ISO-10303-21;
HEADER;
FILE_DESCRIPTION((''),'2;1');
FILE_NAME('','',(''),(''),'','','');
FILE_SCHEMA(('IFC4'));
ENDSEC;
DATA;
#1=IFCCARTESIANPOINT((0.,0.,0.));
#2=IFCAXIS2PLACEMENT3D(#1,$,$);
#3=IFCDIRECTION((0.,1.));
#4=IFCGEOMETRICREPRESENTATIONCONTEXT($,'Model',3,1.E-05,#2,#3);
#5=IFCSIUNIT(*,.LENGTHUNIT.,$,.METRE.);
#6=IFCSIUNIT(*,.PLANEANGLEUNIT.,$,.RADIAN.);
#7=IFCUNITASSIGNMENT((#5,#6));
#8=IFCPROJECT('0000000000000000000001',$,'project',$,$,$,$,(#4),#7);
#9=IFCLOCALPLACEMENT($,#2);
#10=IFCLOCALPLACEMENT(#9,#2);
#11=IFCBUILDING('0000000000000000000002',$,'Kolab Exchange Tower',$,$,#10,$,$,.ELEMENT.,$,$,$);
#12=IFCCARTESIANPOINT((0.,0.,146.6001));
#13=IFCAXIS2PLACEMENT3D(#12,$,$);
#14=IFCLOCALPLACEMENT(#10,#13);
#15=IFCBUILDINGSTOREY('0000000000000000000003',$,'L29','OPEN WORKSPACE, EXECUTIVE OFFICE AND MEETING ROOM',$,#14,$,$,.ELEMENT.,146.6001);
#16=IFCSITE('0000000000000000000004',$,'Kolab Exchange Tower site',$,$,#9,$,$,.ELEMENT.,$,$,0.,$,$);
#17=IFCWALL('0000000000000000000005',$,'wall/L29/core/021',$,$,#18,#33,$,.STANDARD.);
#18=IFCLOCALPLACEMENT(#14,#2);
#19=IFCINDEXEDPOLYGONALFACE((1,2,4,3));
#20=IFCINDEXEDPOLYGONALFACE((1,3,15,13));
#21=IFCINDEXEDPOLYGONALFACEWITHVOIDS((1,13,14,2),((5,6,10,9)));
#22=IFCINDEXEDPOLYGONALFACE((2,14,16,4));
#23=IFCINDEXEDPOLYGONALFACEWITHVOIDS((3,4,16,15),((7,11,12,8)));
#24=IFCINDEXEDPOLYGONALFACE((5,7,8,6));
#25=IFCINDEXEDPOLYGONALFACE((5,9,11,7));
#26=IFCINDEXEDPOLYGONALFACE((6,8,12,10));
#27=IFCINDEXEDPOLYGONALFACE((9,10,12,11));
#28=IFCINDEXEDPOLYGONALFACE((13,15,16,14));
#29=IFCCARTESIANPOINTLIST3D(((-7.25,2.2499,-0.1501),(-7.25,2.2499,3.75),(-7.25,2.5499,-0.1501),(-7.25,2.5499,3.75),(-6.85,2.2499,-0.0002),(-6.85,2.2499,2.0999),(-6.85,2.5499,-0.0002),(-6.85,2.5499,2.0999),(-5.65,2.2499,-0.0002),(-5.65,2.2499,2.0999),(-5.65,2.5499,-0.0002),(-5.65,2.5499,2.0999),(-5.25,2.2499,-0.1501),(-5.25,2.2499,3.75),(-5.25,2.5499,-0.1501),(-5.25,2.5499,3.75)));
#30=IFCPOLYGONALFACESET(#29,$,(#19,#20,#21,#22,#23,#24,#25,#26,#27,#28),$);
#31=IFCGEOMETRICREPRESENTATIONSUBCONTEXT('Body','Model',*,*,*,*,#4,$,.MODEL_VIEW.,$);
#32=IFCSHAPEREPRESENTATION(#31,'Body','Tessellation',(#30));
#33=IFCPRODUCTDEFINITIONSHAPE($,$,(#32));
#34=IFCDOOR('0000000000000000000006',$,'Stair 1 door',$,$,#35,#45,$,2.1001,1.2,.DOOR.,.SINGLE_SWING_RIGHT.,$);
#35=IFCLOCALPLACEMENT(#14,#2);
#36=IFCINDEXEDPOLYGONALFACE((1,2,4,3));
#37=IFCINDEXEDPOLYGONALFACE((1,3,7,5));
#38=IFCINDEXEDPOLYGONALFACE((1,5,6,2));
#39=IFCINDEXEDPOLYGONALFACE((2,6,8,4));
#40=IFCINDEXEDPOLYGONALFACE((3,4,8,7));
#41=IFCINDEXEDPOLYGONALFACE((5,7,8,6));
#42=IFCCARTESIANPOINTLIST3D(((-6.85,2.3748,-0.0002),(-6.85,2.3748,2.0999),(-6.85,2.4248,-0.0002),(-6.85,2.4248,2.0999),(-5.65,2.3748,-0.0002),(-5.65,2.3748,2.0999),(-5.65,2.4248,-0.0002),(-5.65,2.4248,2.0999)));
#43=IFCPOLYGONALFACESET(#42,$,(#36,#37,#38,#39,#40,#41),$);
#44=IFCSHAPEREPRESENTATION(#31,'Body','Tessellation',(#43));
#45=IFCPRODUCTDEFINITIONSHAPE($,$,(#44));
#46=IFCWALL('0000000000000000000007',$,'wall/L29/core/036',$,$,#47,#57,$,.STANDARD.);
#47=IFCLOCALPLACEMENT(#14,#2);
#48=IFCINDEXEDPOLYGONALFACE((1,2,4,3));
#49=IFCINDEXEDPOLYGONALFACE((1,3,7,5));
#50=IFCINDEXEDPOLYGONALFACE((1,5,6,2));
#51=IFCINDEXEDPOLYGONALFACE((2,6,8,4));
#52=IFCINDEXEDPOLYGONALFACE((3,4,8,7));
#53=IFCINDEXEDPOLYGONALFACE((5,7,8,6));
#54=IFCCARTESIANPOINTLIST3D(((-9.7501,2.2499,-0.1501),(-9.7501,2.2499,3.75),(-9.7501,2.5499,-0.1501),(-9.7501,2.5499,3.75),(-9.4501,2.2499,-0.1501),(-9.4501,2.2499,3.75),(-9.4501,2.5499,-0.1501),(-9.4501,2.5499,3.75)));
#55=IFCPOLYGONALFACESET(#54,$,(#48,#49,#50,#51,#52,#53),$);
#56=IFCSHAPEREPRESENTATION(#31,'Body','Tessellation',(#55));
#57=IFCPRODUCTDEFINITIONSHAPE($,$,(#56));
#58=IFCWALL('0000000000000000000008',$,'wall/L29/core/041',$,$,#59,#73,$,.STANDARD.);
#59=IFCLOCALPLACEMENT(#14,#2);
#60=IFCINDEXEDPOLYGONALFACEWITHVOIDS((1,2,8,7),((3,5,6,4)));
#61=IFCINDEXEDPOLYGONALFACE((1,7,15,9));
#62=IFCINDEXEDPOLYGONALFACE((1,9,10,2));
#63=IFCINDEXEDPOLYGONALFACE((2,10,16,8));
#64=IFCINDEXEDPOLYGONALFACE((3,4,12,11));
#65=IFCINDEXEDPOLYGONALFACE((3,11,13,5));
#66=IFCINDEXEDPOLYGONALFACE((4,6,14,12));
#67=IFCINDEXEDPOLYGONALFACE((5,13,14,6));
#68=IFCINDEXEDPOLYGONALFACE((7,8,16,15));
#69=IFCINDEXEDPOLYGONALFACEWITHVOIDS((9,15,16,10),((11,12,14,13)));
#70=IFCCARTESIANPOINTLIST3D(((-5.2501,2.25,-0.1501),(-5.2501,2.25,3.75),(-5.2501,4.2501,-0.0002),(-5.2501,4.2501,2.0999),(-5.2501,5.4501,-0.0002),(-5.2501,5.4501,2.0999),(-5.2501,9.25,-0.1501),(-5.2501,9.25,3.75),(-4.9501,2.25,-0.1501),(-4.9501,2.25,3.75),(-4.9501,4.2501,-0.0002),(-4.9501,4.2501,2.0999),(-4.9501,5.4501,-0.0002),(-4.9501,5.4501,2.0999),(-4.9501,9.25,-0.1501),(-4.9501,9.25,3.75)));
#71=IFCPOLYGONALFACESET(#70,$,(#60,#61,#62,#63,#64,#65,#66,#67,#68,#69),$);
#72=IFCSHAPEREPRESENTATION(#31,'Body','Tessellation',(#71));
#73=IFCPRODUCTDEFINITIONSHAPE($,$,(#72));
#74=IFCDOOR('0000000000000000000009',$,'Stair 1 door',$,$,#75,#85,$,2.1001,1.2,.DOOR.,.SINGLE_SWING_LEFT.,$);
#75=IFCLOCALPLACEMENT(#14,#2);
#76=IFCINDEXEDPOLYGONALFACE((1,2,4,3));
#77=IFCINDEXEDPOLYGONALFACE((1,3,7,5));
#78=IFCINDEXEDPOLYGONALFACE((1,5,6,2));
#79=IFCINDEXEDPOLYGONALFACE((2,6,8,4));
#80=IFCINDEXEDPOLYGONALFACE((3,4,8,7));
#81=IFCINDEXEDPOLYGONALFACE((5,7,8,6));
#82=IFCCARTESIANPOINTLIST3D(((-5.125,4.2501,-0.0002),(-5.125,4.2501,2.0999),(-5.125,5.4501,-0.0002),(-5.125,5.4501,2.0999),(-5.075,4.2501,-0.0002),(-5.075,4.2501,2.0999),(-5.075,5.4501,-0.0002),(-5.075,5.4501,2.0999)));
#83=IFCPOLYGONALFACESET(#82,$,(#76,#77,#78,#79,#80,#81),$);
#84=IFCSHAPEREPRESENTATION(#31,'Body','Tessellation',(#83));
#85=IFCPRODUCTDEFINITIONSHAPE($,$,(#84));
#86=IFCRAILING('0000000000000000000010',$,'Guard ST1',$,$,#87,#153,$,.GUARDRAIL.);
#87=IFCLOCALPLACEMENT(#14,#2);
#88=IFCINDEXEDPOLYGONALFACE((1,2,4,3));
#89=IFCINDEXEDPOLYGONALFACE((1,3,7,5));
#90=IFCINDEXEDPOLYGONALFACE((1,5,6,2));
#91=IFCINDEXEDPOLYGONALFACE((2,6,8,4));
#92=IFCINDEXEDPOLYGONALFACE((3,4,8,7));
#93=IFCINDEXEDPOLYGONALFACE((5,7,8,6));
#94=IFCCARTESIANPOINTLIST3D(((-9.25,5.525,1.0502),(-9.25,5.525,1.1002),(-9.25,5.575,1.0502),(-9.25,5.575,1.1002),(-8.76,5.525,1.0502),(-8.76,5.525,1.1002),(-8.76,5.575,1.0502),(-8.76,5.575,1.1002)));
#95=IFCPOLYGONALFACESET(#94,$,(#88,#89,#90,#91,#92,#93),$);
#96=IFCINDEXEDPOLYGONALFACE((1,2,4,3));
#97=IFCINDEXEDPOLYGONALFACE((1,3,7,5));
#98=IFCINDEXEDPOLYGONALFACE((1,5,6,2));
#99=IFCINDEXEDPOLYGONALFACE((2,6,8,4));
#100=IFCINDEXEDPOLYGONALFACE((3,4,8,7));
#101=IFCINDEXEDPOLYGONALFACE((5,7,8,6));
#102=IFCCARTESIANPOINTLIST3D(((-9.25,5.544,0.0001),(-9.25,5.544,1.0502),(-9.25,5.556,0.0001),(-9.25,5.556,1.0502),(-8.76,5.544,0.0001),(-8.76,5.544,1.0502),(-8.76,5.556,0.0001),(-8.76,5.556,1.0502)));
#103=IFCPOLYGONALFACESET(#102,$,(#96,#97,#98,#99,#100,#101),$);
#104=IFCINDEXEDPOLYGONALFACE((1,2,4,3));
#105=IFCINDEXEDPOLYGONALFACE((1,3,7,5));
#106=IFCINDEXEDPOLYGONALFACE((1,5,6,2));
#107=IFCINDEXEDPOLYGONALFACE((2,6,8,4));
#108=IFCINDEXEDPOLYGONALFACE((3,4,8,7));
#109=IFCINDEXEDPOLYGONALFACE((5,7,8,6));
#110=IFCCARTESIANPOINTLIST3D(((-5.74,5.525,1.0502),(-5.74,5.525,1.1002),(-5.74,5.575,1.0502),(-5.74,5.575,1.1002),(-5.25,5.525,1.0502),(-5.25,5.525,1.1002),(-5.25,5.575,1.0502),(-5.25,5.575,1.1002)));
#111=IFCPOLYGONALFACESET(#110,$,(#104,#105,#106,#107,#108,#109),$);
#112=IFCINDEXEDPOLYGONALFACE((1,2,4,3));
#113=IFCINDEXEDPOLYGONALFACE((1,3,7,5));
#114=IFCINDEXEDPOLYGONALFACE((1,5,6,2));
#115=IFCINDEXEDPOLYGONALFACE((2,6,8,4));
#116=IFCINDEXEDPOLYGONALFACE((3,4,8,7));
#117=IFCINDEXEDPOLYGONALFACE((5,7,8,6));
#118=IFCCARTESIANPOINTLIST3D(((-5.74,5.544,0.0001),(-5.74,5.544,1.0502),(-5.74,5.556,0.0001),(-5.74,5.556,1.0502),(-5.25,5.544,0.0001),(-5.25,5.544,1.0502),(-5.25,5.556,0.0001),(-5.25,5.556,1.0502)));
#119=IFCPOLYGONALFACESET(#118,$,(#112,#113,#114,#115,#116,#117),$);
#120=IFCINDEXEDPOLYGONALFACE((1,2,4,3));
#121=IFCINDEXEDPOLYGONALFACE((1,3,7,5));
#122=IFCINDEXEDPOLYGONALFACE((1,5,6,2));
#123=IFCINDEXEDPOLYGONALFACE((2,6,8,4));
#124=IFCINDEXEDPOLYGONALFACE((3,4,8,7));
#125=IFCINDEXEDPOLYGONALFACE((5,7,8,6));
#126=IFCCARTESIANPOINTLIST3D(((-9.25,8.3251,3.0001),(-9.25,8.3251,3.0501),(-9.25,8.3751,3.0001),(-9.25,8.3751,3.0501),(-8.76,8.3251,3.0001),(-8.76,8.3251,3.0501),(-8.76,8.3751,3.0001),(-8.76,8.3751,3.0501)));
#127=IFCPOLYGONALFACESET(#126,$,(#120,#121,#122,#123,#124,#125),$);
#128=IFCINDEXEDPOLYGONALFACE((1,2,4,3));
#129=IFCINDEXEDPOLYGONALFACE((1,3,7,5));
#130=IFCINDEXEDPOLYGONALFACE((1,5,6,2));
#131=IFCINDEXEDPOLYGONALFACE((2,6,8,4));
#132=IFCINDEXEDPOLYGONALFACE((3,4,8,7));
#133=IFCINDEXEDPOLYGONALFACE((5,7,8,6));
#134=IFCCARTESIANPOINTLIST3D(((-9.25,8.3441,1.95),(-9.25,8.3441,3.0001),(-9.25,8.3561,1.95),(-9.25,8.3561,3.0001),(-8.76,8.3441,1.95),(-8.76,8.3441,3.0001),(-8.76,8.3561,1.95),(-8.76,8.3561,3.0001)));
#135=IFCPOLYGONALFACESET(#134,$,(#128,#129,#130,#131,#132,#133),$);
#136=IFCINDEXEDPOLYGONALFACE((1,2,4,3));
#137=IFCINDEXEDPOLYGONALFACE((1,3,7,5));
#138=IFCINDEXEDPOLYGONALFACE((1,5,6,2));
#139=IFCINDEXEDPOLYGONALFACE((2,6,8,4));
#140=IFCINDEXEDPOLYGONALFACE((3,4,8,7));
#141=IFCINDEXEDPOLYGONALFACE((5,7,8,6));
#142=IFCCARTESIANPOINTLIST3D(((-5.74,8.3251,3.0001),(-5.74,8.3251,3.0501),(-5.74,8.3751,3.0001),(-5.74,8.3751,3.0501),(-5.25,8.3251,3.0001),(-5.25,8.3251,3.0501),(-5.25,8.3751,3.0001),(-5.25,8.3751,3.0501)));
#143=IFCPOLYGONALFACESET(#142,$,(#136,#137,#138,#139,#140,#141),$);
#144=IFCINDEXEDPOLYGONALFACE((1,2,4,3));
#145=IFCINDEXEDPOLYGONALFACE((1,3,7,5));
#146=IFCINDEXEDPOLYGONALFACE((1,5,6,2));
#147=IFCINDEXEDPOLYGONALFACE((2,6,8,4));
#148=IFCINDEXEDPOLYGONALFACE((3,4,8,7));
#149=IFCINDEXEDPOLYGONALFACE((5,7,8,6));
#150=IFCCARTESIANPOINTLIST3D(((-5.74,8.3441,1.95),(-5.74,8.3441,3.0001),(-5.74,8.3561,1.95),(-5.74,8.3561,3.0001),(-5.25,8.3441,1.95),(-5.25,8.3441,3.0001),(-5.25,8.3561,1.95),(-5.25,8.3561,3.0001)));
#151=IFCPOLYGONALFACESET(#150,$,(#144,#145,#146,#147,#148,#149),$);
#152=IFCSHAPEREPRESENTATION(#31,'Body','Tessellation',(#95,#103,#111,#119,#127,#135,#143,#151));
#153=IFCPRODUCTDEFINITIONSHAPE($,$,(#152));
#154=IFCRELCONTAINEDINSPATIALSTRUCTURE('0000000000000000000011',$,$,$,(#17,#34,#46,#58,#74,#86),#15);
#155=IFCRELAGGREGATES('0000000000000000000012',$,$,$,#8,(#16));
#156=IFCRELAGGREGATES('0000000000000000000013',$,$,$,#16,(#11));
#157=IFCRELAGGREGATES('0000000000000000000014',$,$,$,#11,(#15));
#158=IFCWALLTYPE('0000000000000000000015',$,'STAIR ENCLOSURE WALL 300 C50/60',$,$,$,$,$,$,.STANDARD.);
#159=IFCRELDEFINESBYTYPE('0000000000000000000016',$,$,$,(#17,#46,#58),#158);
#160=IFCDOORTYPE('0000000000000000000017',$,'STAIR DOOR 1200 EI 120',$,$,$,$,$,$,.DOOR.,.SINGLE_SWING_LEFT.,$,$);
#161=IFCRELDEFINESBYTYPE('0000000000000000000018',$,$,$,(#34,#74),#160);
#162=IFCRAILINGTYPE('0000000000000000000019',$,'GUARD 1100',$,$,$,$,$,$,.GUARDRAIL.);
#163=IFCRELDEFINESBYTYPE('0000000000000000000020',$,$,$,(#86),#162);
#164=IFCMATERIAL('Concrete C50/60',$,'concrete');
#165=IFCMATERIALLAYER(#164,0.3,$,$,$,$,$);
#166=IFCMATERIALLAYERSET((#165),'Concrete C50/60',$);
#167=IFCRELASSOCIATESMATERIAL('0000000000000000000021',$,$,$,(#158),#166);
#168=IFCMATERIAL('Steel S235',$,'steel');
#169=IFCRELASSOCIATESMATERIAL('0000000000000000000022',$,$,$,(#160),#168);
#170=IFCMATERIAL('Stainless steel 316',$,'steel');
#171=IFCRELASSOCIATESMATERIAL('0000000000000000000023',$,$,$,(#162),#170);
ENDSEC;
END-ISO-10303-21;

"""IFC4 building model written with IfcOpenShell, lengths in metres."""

from ifc_helpers import new_model, si_unit, direction, frame, frame_2d, origin, origin_2d, place, context, subcontext, project, spatial, rectangle, extrude, material, layer, layer_set, type_object, element, fill, save


model = new_model("IFC4")

# Units and contexts
model_context = context("Model", 3, precision=1e-05, world=origin(), true_north=direction((0.0, 1.0)))
body_context = subcontext(model_context, "Body", "Model", "MODEL_VIEW")
ifc_project = project(units=[si_unit("LENGTHUNIT", "METRE"), si_unit("PLANEANGLEUNIT", "RADIAN")], contexts=[model_context])

# Site, building, storey
site_placement = place(None, origin())
site = spatial("IfcSite", under=ifc_project, at=site_placement, Name="Kolab Exchange Tower site", CompositionType="ELEMENT", RefElevation=0.0)
building_placement = place(site_placement, origin())
building = spatial("IfcBuilding", under=site, at=building_placement, Name="Kolab Exchange Tower", CompositionType="ELEMENT")
storey_placement = place(building_placement, frame((0.0, 0.0, 146.6001)))
storey = spatial("IfcBuildingStorey", under=building, at=storey_placement, Name="L29", Description="OPEN WORKSPACE, EXECUTIVE OFFICE AND MEETING ROOM", CompositionType="ELEMENT", Elevation=146.6001)

# Shared definitions
ifc_material_1 = material(Name="Concrete C50/60", Category="concrete")

# Shared definitions
ifc_material_2 = material(Name="Stainless steel 316", Category="steel")
ifc_material_3 = material(Name="Steel S235", Category="steel")

# Shared definitions
ifc_layer_1 = layer(ifc_material_1, 0.3)
ifc_layer_set_1 = layer_set([ifc_layer_1], Name="Concrete C50/60")
wall_type_1 = type_object("IfcWallType", Name="STAIR ENCLOSURE WALL 300 C50/60", PredefinedType="STANDARD", material=ifc_layer_set_1)

# Wall, opening, door
wall_1_placement = place(storey_placement, frame((-7.25, 2.3999, -0.1501), z_axis=(0.0, 0.0, 1.0), x_axis=(1.0, 0.0, 0.0)))
wall_1 = element("IfcWall", 1, at=wall_1_placement, inside=storey, type_object=wall_type_1, Name="wall/L29/core/021", PredefinedType="STANDARD", context=body_context, shape_type="SweptSolid", body=[
    extrude(rectangle(XDim=2.0, YDim=0.3, at=frame_2d((1.0, 0.0))), origin(), (0.0, 0.0, 1.0), 3.9001),
])
opening_1_placement = place(wall_1_placement, frame((0.3999, 0.0, 0.1499)))
opening_1 = element("IfcOpeningElement", 2, at=opening_1_placement, cuts=wall_1, PredefinedType="OPENING", context=body_context, shape_type="SweptSolid", body=[
    extrude(rectangle(XDim=1.2, YDim=2.1001, at=frame_2d((0.6001, 1.05))), frame((0.0, 0.1602, 0.0), z_axis=(0.0, -1.0, 0.0), x_axis=(1.0, 0.0, 0.0)), (0.0, 0.0, 1.0), 0.3201),
])
door_type_1 = type_object("IfcDoorType", Name="STAIR DOOR 1200 EI 120", OperationType="SINGLE_SWING_LEFT", PredefinedType="DOOR", material=ifc_material_3)
door_1_placement = place(opening_1_placement, origin())
door_1 = element("IfcDoor", 3, at=door_1_placement, inside=storey, type_object=door_type_1, Name="Stair 1 door", OperationType="SINGLE_SWING_RIGHT", OverallHeight=2.1001, OverallWidth=1.2, PredefinedType="DOOR", context=body_context, shape_type="SweptSolid", body=[
    extrude(rectangle(XDim=1.2, YDim=2.1001, at=frame_2d((0.6001, 1.05))), frame((0.0, 0.0249, 0.0), z_axis=(0.0, -1.0, 0.0), x_axis=(1.0, 0.0, 0.0)), (0.0, 0.0, 1.0), 0.05),
])
fill(opening_1, door_1)

# Wall
wall_2_placement = place(storey_placement, frame((-9.6001, 2.25, -0.1501), z_axis=(0.0, 0.0, 1.0), x_axis=(0.0, 1.0, 0.0)))
element("IfcWall", 4, at=wall_2_placement, inside=storey, type_object=wall_type_1, Name="wall/L29/core/036", PredefinedType="STANDARD", context=body_context, shape_type="SweptSolid", body=[
    extrude(rectangle(XDim=0.3, YDim=0.3, at=frame_2d((0.1499, 0.0))), origin(), (0.0, 0.0, 1.0), 3.9001),
])

# Wall, opening, door
wall_3_placement = place(storey_placement, frame((-5.1001, 2.25, -0.1501), z_axis=(0.0, 0.0, 1.0), x_axis=(0.0, 1.0, 0.0)))
wall_3 = element("IfcWall", 5, at=wall_3_placement, inside=storey, type_object=wall_type_1, Name="wall/L29/core/041", PredefinedType="STANDARD", context=body_context, shape_type="SweptSolid", body=[
    extrude(rectangle(XDim=7.0, YDim=0.3, at=frame_2d((3.5, 0.0))), origin(), (0.0, 0.0, 1.0), 3.9001),
])
opening_2_placement = place(wall_3_placement, frame((2.0, 0.0, 0.1499)))
opening_2 = element("IfcOpeningElement", 6, at=opening_2_placement, cuts=wall_3, PredefinedType="OPENING", context=body_context, shape_type="SweptSolid", body=[
    extrude(rectangle(XDim=1.2, YDim=2.1001, at=frame_2d((0.6001, 1.05))), frame((0.0, 0.1602, 0.0), z_axis=(0.0, -1.0, 0.0), x_axis=(1.0, 0.0, 0.0)), (0.0, 0.0, 1.0), 0.3201),
])
door_2_placement = place(opening_2_placement, origin())
door_2 = element("IfcDoor", 7, at=door_2_placement, inside=storey, type_object=door_type_1, Name="Stair 1 door", OperationType="SINGLE_SWING_LEFT", OverallHeight=2.1001, OverallWidth=1.2, PredefinedType="DOOR", context=body_context, shape_type="SweptSolid", body=[
    extrude(rectangle(XDim=1.2, YDim=2.1001, at=frame_2d((0.6001, 1.05))), frame((0.0, 0.0249, 0.0), z_axis=(0.0, -1.0, 0.0), x_axis=(1.0, 0.0, 0.0)), (0.0, 0.0, 1.0), 0.05),
])
fill(opening_2, door_2)

# Railing
railing_type = type_object("IfcRailingType", Name="GUARD 1100", PredefinedType="GUARDRAIL", material=ifc_material_2)
railing_placement = place(storey_placement, frame((-9.25, 5.55, 0.0)))
element("IfcRailing", 8, at=railing_placement, inside=storey, type_object=railing_type, Name="Guard ST1", PredefinedType="GUARDRAIL", context=body_context, shape_type="SweptSolid", body=[
    extrude(rectangle(XDim=0.05, YDim=0.05, at=origin_2d()), frame((0.0, 0.0, 1.0752), z_axis=(1.0, 0.0, 0.0), x_axis=(0.0, 1.0, 0.0)), (0.0, 0.0, 1.0), 0.49),
    extrude(rectangle(XDim=0.012, YDim=1.0501, at=frame_2d((0.0, 0.5251))), frame((0.0, 0.0, 0.0), z_axis=(1.0, 0.0, 0.0), x_axis=(0.0, 1.0, 0.0)), (0.0, 0.0, 1.0), 0.49),
    extrude(rectangle(XDim=0.05, YDim=0.05, at=origin_2d()), frame((3.51, 0.0, 1.0752), z_axis=(1.0, 0.0, 0.0), x_axis=(0.0, 1.0, 0.0)), (0.0, 0.0, 1.0), 0.49),
    extrude(rectangle(XDim=0.012, YDim=1.0501, at=frame_2d((0.0, 0.5251))), frame((3.51, 0.0, 0.0), z_axis=(1.0, 0.0, 0.0), x_axis=(0.0, 1.0, 0.0)), (0.0, 0.0, 1.0), 0.49),
    extrude(rectangle(XDim=0.05, YDim=0.05, at=origin_2d()), frame((0.0, 2.8, 3.0251), z_axis=(1.0, 0.0, 0.0), x_axis=(0.0, 1.0, 0.0)), (0.0, 0.0, 1.0), 0.49),
    extrude(rectangle(XDim=0.012, YDim=1.0501, at=frame_2d((0.0, 0.5251))), frame((0.0, 2.8, 1.95), z_axis=(1.0, 0.0, 0.0), x_axis=(0.0, 1.0, 0.0)), (0.0, 0.0, 1.0), 0.49),
    extrude(rectangle(XDim=0.05, YDim=0.05, at=origin_2d()), frame((3.51, 2.8, 3.0251), z_axis=(1.0, 0.0, 0.0), x_axis=(0.0, 1.0, 0.0)), (0.0, 0.0, 1.0), 0.49),
    extrude(rectangle(XDim=0.012, YDim=1.0501, at=frame_2d((0.0, 0.5251))), frame((3.51, 2.8, 1.95), z_axis=(1.0, 0.0, 0.0), x_axis=(0.0, 1.0, 0.0)), (0.0, 0.0, 1.0), 0.49),
])

save(model, "model.ifc")
